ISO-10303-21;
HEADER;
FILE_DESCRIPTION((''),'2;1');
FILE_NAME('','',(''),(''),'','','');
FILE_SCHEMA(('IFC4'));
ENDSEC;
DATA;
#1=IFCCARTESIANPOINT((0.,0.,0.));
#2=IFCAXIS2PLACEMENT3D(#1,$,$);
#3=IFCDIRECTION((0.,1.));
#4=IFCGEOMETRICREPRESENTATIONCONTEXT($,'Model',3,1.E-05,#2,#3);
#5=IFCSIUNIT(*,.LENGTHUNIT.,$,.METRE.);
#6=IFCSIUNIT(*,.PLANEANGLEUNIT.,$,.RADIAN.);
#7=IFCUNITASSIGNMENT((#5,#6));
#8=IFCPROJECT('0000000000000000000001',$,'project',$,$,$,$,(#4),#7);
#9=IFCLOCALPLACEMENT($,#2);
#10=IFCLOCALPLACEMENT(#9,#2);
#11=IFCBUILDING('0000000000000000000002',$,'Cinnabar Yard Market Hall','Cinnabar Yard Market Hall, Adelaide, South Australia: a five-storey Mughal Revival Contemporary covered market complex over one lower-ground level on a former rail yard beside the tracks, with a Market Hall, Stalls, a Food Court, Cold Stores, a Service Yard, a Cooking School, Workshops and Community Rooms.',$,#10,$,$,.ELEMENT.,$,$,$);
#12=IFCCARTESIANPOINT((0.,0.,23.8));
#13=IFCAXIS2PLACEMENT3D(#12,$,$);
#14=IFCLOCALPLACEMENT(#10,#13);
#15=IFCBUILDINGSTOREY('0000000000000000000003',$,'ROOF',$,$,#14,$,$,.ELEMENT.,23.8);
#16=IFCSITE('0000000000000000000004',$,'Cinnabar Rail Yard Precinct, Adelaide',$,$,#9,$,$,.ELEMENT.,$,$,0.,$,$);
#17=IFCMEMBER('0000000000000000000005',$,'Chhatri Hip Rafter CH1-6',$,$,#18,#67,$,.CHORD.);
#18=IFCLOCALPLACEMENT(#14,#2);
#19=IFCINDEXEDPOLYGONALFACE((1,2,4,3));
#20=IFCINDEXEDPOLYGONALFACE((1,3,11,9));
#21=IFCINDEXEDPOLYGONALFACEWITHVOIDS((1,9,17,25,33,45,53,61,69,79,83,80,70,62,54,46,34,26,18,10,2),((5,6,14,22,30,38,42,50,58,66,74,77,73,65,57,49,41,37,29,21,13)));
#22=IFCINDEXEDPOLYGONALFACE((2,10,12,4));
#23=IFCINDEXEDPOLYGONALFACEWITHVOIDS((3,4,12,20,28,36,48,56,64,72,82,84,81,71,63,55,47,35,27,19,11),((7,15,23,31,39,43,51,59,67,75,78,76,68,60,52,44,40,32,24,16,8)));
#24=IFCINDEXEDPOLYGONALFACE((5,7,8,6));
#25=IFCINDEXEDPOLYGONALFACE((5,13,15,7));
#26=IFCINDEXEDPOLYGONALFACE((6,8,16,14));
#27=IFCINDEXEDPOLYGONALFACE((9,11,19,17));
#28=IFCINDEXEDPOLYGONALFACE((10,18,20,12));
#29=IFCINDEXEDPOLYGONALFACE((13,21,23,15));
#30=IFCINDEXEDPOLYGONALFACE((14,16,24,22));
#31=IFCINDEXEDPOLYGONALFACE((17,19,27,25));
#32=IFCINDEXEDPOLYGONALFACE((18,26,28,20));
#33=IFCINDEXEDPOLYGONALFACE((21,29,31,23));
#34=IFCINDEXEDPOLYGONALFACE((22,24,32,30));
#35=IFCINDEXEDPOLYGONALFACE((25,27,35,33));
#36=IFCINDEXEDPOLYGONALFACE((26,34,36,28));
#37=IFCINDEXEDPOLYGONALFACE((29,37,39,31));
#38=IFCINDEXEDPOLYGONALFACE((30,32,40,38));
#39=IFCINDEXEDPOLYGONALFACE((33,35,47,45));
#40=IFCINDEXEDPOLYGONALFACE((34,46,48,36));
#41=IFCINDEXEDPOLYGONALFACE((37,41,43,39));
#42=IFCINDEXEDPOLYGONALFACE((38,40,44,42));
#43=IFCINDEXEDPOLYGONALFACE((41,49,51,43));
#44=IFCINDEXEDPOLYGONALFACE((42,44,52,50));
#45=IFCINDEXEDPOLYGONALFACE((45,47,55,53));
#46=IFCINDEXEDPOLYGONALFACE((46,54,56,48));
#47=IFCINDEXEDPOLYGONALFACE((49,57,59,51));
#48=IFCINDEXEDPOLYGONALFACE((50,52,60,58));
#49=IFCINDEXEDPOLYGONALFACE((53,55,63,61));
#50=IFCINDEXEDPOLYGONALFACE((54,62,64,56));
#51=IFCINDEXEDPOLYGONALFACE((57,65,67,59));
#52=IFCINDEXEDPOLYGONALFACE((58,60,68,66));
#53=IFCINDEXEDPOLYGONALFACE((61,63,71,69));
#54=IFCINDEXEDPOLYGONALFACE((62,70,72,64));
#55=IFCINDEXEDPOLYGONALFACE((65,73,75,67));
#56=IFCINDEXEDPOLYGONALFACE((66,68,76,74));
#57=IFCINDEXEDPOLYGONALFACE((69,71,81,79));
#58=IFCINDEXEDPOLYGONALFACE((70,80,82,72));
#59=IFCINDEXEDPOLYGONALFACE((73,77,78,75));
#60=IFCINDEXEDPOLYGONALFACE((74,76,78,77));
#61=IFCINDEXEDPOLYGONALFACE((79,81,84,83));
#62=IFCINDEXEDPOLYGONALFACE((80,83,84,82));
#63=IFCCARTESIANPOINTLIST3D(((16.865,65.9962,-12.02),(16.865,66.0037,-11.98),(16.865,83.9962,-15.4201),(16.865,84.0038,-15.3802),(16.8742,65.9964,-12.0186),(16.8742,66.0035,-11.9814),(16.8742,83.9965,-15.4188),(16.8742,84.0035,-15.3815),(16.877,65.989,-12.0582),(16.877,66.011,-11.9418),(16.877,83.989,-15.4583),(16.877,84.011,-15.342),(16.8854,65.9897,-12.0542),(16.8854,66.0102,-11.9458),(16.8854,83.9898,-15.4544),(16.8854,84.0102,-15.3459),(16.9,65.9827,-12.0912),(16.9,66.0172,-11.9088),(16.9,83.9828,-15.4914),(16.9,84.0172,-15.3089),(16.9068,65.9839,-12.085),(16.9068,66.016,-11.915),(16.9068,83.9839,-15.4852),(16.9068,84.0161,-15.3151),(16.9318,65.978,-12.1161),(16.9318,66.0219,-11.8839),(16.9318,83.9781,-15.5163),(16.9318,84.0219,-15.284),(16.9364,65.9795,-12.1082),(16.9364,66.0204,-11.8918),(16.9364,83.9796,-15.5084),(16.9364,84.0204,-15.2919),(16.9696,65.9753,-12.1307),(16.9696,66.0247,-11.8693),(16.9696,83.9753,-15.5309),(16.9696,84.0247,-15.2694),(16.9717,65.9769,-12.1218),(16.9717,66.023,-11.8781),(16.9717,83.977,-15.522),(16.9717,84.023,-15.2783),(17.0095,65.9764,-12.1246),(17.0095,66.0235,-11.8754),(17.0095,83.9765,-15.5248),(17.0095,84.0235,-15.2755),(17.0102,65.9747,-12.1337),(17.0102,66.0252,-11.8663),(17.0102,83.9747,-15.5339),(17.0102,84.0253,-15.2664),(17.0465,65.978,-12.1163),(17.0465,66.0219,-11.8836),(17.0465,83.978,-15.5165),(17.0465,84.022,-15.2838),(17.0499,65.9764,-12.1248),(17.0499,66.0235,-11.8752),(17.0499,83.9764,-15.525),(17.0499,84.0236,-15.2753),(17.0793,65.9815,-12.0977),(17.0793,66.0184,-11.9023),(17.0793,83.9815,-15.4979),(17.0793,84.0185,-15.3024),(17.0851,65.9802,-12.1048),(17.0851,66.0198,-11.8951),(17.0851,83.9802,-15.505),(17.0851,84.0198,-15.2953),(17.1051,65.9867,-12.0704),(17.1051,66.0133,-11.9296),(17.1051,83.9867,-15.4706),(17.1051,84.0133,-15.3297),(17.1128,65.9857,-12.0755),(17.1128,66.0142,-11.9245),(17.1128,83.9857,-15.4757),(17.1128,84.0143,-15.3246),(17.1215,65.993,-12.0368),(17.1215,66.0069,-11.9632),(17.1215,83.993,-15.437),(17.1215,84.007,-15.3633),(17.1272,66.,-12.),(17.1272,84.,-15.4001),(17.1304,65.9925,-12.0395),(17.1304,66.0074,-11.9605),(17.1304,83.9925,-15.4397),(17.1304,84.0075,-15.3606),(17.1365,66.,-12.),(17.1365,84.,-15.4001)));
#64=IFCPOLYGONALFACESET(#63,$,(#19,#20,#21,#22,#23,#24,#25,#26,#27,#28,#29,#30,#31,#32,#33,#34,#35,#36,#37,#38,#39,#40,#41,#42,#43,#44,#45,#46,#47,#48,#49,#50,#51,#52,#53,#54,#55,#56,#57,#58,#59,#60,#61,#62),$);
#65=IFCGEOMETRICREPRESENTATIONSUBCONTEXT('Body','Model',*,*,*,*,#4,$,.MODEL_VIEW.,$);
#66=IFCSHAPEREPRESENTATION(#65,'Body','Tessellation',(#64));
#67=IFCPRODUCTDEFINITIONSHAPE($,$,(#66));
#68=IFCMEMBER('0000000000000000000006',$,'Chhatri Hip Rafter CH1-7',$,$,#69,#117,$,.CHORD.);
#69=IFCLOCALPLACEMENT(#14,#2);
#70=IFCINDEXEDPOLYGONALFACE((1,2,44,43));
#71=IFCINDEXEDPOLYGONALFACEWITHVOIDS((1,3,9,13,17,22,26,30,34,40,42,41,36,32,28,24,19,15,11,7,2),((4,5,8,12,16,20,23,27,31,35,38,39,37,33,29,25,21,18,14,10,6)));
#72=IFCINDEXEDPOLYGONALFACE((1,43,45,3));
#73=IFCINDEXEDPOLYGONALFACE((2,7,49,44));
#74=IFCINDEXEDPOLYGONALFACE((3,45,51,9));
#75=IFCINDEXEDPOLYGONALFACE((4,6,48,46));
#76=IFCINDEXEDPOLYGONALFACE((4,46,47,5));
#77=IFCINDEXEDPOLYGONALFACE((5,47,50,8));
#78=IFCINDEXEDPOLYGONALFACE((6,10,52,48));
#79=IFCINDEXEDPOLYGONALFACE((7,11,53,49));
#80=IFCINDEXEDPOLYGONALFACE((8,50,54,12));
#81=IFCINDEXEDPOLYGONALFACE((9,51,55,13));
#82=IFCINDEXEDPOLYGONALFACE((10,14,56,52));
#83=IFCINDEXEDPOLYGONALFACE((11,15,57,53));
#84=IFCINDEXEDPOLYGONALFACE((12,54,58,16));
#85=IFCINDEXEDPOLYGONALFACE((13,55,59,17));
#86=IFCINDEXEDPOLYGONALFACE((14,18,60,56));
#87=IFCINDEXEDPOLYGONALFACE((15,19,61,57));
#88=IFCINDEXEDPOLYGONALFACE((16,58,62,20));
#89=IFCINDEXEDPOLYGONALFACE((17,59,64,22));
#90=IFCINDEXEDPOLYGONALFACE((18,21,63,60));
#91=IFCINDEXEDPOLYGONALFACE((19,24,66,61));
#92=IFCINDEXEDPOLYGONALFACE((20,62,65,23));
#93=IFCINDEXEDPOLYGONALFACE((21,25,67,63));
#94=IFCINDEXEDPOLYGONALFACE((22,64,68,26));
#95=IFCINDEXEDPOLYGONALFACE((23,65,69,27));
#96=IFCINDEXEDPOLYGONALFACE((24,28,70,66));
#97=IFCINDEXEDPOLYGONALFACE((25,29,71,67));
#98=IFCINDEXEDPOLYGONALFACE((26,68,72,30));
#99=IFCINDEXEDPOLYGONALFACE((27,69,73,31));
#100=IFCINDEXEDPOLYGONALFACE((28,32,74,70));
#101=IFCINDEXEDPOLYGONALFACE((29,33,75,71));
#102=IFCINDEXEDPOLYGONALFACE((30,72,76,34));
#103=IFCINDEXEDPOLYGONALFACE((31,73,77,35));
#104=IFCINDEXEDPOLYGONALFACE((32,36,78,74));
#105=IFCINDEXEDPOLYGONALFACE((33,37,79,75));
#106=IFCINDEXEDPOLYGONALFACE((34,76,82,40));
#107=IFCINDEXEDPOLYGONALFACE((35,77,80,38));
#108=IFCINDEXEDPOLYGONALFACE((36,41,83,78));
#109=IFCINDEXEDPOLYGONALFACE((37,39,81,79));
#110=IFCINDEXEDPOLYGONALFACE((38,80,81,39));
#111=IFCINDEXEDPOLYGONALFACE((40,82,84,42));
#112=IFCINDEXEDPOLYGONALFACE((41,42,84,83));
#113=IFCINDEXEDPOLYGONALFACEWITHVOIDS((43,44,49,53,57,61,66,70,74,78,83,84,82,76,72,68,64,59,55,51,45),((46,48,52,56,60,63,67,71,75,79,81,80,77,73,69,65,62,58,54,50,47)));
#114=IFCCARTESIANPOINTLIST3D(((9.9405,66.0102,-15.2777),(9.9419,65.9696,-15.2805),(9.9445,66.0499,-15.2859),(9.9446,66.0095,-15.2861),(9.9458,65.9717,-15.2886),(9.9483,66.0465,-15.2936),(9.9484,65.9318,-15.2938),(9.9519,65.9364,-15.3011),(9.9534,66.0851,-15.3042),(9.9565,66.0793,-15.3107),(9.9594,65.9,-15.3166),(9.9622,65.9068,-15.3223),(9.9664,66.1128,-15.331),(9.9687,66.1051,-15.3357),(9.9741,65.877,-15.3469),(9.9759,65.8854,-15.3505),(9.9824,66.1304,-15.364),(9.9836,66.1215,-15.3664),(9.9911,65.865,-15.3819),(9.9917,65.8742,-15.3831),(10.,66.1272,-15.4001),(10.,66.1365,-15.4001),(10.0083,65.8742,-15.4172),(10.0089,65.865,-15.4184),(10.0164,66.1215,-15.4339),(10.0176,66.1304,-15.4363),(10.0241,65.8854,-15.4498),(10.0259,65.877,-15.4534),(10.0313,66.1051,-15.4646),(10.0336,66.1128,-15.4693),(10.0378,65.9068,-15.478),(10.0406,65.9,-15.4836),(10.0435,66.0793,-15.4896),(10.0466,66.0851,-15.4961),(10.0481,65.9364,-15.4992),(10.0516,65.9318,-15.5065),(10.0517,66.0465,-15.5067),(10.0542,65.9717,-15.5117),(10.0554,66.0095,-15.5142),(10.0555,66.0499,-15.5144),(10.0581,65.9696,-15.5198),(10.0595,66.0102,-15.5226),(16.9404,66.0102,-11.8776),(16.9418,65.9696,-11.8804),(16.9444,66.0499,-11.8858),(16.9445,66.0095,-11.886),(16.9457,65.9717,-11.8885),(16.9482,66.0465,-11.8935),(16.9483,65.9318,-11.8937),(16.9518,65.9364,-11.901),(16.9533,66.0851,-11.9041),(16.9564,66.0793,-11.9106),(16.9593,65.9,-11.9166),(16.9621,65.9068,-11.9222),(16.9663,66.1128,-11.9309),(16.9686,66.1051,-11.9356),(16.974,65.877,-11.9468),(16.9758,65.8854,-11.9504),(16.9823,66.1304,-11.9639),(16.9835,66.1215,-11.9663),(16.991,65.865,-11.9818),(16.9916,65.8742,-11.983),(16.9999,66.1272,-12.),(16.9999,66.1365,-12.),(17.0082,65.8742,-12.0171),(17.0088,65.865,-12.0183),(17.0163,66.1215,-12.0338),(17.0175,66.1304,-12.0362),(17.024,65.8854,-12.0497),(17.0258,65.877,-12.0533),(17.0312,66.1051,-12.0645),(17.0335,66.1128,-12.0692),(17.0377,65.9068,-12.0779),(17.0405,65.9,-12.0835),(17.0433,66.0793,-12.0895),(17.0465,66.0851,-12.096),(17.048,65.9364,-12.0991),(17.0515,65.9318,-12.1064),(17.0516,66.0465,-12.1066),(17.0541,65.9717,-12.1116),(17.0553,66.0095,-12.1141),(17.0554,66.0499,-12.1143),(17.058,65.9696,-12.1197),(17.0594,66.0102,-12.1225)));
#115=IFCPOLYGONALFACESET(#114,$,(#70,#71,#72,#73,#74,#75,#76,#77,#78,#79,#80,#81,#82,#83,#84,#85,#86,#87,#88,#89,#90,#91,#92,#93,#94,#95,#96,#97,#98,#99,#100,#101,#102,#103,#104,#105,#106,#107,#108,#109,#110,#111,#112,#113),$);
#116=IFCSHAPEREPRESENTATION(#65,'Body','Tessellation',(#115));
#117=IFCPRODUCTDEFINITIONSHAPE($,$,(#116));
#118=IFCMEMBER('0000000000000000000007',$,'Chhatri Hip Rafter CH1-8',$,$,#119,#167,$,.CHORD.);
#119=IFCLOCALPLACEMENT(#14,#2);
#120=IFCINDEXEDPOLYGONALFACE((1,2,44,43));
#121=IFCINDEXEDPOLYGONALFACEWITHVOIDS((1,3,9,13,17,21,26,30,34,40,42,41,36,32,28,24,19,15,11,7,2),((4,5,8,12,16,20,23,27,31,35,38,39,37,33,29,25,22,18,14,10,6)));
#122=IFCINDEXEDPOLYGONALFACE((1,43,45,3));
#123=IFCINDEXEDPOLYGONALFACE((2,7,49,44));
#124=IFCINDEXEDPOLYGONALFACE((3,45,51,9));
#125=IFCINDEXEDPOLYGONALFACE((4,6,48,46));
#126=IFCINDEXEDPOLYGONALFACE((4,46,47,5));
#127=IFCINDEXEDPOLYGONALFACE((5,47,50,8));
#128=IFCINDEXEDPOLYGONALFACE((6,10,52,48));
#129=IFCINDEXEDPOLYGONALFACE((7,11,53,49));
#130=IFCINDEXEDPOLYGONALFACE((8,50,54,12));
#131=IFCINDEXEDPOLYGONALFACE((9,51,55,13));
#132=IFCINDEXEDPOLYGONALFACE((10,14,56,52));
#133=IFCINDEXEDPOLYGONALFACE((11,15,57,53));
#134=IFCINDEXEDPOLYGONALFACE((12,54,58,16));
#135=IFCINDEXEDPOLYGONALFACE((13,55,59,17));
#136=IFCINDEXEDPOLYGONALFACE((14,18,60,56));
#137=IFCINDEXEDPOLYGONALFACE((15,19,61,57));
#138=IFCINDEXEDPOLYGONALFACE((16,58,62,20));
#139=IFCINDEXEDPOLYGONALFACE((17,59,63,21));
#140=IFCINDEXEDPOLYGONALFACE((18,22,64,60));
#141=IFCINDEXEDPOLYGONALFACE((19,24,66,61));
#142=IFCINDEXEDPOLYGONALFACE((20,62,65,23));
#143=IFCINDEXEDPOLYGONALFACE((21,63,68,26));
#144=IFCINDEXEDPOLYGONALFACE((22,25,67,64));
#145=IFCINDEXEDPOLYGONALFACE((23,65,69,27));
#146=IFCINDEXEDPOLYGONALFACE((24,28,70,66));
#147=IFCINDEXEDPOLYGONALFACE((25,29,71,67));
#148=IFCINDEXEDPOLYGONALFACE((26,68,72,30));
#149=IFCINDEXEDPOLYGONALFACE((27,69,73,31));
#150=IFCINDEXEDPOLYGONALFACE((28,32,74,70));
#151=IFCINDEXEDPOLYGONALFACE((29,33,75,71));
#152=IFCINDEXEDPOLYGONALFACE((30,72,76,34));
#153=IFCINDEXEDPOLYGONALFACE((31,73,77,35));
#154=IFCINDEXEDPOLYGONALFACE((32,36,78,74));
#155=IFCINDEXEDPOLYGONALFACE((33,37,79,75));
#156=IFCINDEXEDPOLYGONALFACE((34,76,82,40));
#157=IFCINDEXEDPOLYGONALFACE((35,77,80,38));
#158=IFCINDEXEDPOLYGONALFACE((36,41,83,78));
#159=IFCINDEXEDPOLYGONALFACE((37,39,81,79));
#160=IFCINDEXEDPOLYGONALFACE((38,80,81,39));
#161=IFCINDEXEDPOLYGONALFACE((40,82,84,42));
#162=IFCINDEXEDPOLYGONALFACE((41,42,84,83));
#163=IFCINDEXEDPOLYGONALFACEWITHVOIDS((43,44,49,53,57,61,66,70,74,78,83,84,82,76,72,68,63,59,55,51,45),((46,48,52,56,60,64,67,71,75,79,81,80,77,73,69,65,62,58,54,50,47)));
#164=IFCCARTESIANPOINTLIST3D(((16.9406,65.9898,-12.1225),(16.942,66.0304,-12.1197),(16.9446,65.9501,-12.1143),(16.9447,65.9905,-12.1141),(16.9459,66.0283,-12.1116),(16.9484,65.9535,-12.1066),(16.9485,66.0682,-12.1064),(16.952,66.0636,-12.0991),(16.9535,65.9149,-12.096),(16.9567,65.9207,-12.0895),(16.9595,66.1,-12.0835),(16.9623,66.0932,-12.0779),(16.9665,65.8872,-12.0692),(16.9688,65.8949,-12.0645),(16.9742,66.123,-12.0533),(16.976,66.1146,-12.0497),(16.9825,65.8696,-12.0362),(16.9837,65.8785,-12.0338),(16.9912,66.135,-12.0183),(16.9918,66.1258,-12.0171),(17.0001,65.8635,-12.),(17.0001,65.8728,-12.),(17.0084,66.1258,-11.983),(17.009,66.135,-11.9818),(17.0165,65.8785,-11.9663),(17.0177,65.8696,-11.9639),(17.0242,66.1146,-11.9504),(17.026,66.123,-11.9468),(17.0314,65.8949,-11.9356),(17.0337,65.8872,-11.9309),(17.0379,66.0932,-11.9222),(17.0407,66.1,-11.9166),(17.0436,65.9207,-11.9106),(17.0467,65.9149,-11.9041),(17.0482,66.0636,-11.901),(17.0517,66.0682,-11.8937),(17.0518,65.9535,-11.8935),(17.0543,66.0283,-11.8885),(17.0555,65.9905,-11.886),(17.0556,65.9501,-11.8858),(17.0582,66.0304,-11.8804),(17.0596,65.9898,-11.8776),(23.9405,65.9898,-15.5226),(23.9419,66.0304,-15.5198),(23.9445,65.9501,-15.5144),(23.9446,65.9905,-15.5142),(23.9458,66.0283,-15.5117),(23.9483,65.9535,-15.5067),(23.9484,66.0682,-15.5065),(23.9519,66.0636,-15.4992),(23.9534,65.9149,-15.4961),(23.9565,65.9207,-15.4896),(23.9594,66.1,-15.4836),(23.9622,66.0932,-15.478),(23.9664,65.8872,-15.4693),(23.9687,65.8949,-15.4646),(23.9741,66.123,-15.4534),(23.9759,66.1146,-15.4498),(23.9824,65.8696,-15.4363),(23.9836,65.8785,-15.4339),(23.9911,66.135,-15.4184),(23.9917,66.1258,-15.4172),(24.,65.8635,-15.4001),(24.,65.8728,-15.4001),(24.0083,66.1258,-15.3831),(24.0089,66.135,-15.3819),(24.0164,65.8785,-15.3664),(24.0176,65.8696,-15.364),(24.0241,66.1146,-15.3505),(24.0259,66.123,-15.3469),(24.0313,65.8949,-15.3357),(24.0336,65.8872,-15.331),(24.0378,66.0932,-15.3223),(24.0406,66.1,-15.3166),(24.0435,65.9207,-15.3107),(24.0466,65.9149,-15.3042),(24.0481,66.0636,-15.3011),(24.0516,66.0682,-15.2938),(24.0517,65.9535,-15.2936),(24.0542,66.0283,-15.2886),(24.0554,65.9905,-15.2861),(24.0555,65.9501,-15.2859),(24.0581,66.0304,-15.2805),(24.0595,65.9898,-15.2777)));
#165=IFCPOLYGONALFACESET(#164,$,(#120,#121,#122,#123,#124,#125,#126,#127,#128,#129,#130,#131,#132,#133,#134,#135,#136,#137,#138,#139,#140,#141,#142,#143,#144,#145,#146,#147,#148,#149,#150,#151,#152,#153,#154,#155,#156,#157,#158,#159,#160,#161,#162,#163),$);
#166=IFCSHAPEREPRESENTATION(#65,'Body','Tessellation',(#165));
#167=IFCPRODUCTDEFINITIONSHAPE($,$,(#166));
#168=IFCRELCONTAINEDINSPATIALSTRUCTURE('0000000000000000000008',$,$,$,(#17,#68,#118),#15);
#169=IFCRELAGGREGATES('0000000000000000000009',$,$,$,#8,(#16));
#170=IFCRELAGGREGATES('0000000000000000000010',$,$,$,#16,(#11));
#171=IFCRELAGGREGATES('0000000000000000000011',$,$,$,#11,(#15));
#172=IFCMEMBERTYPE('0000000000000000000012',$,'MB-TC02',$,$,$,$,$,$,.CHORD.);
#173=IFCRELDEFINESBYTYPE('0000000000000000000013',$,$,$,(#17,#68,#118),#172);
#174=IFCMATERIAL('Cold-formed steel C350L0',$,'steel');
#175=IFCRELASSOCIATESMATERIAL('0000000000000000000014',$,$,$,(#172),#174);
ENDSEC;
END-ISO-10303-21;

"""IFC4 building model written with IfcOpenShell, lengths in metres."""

from ifc_helpers import new_model, si_unit, direction, frame, origin, origin_2d_with_axis, place, context, subcontext, project, spatial, hollow_circle, extrude, material, material_profile, profile_set, type_object, element, save


model = new_model("IFC4")

# Units and contexts
model_context = context("Model", 3, precision=1e-05, world=origin(), true_north=direction((0.0, 1.0)))
body_context = subcontext(model_context, "Body", "Model", "MODEL_VIEW")
ifc_project = project(units=[si_unit("LENGTHUNIT", "METRE"), si_unit("PLANEANGLEUNIT", "RADIAN")], contexts=[model_context])

# Site, building, storey
site_placement = place(None, origin())
site = spatial("IfcSite", under=ifc_project, at=site_placement, Name="Cinnabar Rail Yard Precinct, Adelaide", CompositionType="ELEMENT", RefElevation=0.0)
building_placement = place(site_placement, origin())
building = spatial("IfcBuilding", under=site, at=building_placement, Name="Cinnabar Yard Market Hall", Description="Cinnabar Yard Market Hall, Adelaide, South Australia: a five-storey Mughal Revival Contemporary covered market complex over one lower-ground level on a former rail yard beside the tracks, with a Market Hall, Stalls, a Food Court, Cold Stores, a Service Yard, a Cooking School, Workshops and Community Rooms.", CompositionType="ELEMENT")
storey_placement = place(building_placement, frame((0.0, 0.0, 23.8)))
storey = spatial("IfcBuildingStorey", under=building, at=storey_placement, Name="ROOF", CompositionType="ELEMENT", Elevation=23.8)

# Members
ifc_material_1 = material(Name="Cold-formed steel C350L0", Category="steel")
ifc_material_profile_1 = material_profile(ifc_material_1, hollow_circle(Radius=0.1365, WallThickness=0.0093, at=origin_2d_with_axis()), Name="273.1x9.3CHS")
ifc_profile_set_1 = profile_set([ifc_material_profile_1], Name="Cold-formed steel C350L0")
member_type_1 = type_object("IfcMemberType", Name="MB-TC02", PredefinedType="CHORD", material=ifc_profile_set_1)
for number, where, z_axis, x_axis, name in (
    (1, (17.0, 84.0, -15.4001), (0.0, -0.982623, 0.185614), (1.0, 0.0, 0.0), "Chhatri Hip Rafter CH1-6"),
):
    element("IfcMember", number, at=place(storey_placement, frame(where, z_axis=z_axis, x_axis=x_axis)), inside=storey, type_object=member_type_1, Name=name, PredefinedType="CHORD", context=body_context, shape_type="SweptSolid", body=[
        extrude(hollow_circle(Radius=0.1365, WallThickness=0.0093, at=origin_2d_with_axis()), origin(), (0.0, 0.0, 1.0), 18.3184),
    ])
for number, where, z_axis, x_axis, name in (
    (2, (10.0, 66.0, -15.4001), (0.899501, 0.0, 0.436919), (0.0, 1.0, 0.0), "Chhatri Hip Rafter CH1-7"),
    (3, (24.0, 66.0, -15.4001), (-0.899501, 0.0, 0.436919), (0.0, -1.0, 0.0), "Chhatri Hip Rafter CH1-8"),
):
    element("IfcMember", number, at=place(storey_placement, frame(where, z_axis=z_axis, x_axis=x_axis)), inside=storey, type_object=member_type_1, Name=name, PredefinedType="CHORD", context=body_context, shape_type="SweptSolid", body=[
        extrude(hollow_circle(Radius=0.1365, WallThickness=0.0093, at=origin_2d_with_axis()), origin(), (0.0, 0.0, 1.0), 7.782),
    ])

save(model, "model.ifc")
